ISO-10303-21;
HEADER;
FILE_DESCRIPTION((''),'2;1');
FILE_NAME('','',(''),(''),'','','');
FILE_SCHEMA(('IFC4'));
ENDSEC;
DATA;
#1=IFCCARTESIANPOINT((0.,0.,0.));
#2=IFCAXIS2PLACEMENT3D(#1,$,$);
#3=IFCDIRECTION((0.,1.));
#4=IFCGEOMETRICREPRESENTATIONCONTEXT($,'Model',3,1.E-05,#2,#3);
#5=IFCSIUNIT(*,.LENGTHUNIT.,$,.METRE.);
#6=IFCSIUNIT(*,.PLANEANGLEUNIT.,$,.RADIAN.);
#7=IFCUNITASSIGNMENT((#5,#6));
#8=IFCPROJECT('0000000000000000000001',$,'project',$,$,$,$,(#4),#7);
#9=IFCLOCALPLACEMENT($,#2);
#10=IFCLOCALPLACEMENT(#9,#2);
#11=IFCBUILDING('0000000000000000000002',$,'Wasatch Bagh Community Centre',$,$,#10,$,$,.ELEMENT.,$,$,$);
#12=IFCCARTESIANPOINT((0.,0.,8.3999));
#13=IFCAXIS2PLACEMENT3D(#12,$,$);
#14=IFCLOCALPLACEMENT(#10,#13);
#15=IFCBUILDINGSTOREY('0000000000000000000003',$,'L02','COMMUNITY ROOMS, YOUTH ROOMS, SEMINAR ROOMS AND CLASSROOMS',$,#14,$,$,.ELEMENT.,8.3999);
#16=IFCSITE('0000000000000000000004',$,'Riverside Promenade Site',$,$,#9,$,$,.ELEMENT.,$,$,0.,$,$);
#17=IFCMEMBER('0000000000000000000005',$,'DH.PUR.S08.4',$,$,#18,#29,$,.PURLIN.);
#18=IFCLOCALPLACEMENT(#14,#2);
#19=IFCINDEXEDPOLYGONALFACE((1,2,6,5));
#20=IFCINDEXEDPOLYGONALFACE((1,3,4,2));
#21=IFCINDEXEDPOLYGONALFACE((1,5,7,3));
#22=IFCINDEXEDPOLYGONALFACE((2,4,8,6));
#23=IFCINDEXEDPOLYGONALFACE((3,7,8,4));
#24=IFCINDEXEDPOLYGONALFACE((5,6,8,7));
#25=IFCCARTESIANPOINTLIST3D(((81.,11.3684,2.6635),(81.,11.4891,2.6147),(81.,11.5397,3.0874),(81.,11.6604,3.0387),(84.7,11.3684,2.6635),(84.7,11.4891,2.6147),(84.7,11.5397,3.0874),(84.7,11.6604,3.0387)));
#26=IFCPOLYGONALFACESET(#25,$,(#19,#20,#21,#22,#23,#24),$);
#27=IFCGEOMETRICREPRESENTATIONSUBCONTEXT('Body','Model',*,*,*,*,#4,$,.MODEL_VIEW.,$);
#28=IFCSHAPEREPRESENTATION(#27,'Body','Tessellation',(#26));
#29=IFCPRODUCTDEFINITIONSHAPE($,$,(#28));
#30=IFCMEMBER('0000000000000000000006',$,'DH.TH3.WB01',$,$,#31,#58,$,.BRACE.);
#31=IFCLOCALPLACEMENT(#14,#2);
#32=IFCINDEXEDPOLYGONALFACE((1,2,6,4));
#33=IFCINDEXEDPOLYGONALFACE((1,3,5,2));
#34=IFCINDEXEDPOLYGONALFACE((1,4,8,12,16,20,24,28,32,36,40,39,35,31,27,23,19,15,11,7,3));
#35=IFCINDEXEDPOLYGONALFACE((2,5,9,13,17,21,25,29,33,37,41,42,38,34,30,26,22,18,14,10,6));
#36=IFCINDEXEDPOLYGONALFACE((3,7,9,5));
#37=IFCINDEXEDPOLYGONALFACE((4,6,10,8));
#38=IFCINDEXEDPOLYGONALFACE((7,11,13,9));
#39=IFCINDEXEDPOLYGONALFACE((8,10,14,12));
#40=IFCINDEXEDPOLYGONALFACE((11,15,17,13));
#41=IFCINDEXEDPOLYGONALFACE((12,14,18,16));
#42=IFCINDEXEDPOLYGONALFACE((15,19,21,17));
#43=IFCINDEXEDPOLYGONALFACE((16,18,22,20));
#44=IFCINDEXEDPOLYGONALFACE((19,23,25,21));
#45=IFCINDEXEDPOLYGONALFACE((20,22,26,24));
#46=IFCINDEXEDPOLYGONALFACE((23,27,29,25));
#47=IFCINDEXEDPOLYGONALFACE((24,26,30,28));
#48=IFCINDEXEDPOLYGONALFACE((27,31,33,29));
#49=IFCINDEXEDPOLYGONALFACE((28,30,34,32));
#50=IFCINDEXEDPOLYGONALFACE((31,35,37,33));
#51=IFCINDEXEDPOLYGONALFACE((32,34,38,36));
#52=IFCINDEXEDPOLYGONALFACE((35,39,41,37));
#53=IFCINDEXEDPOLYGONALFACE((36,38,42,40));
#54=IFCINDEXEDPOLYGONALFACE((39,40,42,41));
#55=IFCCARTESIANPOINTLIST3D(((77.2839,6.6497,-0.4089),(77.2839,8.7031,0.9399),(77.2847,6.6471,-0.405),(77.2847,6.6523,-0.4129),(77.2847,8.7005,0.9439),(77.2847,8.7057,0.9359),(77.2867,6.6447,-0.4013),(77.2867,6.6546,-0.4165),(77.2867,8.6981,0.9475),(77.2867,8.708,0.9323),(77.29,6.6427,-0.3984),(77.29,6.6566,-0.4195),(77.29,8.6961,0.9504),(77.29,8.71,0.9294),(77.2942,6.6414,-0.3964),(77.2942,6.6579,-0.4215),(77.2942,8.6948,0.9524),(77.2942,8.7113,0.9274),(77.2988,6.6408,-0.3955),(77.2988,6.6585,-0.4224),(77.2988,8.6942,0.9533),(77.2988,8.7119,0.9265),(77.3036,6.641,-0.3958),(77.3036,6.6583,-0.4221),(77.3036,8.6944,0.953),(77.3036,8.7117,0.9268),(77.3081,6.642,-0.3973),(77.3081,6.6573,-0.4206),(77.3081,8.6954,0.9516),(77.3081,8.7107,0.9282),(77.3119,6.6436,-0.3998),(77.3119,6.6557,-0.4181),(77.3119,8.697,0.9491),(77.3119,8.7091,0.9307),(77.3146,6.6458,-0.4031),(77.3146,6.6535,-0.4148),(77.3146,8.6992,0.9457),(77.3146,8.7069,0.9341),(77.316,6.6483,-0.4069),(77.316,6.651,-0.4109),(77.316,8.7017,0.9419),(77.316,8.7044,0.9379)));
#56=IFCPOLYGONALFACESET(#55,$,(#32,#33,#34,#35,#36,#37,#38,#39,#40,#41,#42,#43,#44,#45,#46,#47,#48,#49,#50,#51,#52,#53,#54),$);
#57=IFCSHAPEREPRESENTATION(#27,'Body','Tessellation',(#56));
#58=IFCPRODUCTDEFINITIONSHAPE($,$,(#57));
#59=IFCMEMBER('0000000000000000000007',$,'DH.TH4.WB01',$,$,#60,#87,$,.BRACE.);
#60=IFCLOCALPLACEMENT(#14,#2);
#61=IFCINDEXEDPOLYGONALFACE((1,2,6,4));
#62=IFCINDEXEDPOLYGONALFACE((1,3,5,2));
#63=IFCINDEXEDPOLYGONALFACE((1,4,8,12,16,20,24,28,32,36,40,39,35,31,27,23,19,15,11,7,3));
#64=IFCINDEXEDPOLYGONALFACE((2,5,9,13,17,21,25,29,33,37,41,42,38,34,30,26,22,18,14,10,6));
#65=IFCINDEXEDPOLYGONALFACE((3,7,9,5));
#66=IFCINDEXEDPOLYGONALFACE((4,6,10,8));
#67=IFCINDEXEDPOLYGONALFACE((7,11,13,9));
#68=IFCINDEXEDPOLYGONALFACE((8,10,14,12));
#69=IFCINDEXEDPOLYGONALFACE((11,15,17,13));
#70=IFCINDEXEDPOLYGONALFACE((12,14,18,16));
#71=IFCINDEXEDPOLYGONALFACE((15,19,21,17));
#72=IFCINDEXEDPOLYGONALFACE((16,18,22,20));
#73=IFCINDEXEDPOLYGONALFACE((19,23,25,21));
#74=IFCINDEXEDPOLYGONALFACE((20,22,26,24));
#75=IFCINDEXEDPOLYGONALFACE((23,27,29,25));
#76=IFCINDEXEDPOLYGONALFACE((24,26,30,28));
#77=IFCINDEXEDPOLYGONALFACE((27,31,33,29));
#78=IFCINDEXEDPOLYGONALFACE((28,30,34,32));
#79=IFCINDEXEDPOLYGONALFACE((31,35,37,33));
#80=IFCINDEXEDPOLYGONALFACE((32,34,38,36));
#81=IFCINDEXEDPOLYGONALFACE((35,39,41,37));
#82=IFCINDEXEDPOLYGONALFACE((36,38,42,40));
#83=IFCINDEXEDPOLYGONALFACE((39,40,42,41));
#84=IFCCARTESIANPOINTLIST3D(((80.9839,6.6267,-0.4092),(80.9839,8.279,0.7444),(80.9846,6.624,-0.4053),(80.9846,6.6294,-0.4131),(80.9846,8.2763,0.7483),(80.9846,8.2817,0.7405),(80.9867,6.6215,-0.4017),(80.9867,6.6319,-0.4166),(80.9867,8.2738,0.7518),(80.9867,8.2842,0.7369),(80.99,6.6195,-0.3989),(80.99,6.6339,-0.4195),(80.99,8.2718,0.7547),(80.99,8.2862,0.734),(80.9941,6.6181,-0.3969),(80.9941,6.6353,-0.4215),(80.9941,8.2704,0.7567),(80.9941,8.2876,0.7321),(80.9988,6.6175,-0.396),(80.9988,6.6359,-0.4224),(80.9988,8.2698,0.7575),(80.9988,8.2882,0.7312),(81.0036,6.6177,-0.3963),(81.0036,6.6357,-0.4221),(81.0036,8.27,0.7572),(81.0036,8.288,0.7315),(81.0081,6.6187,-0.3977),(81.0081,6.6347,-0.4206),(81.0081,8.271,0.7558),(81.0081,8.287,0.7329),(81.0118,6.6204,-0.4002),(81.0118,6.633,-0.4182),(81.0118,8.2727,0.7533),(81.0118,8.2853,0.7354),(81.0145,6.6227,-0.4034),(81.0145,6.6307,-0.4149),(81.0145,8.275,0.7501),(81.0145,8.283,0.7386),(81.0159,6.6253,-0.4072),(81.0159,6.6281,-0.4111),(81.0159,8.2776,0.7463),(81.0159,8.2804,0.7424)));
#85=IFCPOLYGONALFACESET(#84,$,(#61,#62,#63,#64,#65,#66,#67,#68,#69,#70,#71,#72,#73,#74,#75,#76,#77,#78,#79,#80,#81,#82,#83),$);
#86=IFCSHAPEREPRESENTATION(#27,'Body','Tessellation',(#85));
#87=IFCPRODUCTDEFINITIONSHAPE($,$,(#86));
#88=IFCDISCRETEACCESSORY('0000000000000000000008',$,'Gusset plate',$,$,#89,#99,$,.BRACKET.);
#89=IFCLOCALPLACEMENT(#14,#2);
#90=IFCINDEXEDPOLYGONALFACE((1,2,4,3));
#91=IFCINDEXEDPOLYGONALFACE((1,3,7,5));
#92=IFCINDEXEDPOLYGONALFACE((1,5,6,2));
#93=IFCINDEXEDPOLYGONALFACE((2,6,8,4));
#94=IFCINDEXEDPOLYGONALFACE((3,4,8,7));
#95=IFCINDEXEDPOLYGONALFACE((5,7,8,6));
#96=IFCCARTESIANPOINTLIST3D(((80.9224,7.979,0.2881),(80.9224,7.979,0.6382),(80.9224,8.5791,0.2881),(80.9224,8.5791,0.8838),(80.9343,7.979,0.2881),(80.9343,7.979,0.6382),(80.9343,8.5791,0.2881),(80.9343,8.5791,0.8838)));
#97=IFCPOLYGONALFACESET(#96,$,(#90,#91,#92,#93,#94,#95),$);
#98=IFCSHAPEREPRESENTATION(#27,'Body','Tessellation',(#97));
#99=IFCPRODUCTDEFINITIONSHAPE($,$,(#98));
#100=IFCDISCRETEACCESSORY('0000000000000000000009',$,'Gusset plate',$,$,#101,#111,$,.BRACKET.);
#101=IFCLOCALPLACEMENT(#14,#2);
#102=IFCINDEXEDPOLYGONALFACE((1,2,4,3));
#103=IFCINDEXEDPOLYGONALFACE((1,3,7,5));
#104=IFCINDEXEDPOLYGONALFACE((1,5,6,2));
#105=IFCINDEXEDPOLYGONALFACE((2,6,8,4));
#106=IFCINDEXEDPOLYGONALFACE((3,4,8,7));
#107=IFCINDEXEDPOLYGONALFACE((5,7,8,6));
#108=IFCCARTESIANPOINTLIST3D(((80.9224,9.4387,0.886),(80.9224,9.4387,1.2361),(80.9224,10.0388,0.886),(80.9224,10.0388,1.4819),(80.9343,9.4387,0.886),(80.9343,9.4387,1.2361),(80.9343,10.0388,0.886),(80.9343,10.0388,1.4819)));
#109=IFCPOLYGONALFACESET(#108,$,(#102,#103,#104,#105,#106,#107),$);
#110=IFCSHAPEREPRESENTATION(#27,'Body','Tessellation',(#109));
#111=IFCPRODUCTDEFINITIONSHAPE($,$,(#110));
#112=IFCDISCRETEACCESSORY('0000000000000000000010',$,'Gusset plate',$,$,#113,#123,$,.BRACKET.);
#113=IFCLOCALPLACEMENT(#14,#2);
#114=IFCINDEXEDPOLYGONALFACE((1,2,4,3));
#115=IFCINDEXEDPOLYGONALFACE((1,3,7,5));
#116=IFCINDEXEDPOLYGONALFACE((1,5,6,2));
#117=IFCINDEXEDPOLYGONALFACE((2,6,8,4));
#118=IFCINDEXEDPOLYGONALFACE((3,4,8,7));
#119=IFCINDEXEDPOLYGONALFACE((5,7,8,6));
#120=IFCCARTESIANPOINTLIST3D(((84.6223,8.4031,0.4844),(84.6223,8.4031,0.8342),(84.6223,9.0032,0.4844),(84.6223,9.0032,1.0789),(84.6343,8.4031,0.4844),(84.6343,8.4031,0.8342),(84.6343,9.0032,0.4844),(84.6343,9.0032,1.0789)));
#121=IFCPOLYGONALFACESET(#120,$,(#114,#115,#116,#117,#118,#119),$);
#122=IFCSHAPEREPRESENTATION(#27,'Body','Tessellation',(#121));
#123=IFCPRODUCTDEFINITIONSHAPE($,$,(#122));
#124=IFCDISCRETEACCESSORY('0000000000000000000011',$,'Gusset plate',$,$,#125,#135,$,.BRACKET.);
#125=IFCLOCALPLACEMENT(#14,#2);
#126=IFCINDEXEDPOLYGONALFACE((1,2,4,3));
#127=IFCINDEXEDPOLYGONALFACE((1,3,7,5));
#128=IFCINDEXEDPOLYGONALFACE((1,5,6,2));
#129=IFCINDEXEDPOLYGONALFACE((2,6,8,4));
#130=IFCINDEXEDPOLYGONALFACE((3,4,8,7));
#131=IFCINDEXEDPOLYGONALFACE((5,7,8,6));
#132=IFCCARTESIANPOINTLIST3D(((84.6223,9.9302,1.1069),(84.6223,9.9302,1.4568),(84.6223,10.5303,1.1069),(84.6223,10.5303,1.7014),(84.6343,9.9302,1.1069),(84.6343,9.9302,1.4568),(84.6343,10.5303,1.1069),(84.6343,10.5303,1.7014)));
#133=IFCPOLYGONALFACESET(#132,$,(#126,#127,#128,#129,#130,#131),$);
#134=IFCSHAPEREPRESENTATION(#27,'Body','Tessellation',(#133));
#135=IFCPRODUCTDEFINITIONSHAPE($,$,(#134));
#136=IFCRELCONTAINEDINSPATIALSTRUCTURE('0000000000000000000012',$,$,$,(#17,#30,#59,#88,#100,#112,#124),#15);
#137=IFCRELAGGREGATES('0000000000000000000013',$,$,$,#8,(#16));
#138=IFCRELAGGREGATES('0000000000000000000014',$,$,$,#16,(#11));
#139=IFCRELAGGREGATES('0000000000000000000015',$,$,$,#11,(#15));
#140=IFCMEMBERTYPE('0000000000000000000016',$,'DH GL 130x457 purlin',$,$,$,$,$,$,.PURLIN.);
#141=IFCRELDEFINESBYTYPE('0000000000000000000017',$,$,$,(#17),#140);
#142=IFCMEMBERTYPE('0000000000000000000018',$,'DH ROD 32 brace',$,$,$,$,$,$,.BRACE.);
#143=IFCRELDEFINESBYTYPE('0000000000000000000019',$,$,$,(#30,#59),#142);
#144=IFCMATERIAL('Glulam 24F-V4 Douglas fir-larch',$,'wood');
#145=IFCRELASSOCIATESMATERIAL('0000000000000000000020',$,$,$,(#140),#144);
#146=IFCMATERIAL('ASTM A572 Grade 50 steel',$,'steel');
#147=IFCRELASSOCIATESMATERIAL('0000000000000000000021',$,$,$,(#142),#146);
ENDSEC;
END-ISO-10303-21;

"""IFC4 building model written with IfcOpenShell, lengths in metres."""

from ifc_helpers import new_model, si_unit, direction, frame, origin, origin_2d, place, context, subcontext, project, spatial, polyline, rectangle, circle, outline, extrude, material, material_profile, profile_set, type_object, element, save


model = new_model("IFC4")

# Units and contexts
model_context = context("Model", 3, precision=1e-05, world=origin(), true_north=direction((0.0, 1.0)))
body_context = subcontext(model_context, "Body", "Model", "MODEL_VIEW")
ifc_project = project(units=[si_unit("LENGTHUNIT", "METRE"), si_unit("PLANEANGLEUNIT", "RADIAN")], contexts=[model_context])

# Site, building, storey
site_placement = place(None, origin())
site = spatial("IfcSite", under=ifc_project, at=site_placement, Name="Riverside Promenade Site", CompositionType="ELEMENT", RefElevation=0.0)
building_placement = place(site_placement, origin())
building = spatial("IfcBuilding", under=site, at=building_placement, Name="Wasatch Bagh Community Centre", CompositionType="ELEMENT")
storey_placement = place(building_placement, frame((0.0, 0.0, 8.3999)))
storey = spatial("IfcBuildingStorey", under=building, at=storey_placement, Name="L02", Description="COMMUNITY ROOMS, YOUTH ROOMS, SEMINAR ROOMS AND CLASSROOMS", CompositionType="ELEMENT", Elevation=8.3999)

# Members
ifc_material_1 = material(Name="Glulam 24F-V4 Douglas fir-larch", Category="wood")
ifc_material_profile_1 = material_profile(ifc_material_1, rectangle(XDim=0.1301, YDim=0.4573, at=origin_2d()), Name="GL 130x457")
ifc_profile_set_1 = profile_set([ifc_material_profile_1], Name="Glulam 24F-V4 Douglas fir-larch")
member_type_1 = type_object("IfcMemberType", Name="DH GL 130x457 purlin", PredefinedType="PURLIN", material=ifc_profile_set_1)
for number, where, z_axis, x_axis, name in (
    (1, (81.0, 11.5144, 2.8511), (1.0, 0.0, 0.0), (0.0, 0.927184, -0.374607), "DH.PUR.S08.4"),
):
    element("IfcMember", number, at=place(storey_placement, frame(where, z_axis=z_axis, x_axis=x_axis)), inside=storey, type_object=member_type_1, Name=name, PredefinedType="PURLIN", context=body_context, shape_type="SweptSolid", body=[
        extrude(rectangle(XDim=0.1301, YDim=0.4573, at=origin_2d()), origin(), (0.0, 0.0, 1.0), 3.7),
    ])
ifc_material_2 = material(Name="ASTM A572 Grade 50 steel", Category="steel")
ifc_material_profile_2 = material_profile(ifc_material_2, circle(Radius=0.0161, at=origin_2d()), Name="ROD 32")
ifc_profile_set_2 = profile_set([ifc_material_profile_2], Name="ASTM A572 Grade 50 steel")
member_type_2 = type_object("IfcMemberType", Name="DH ROD 32 brace", PredefinedType="BRACE", material=ifc_profile_set_2)
member_1_placement = place(storey_placement, frame((77.3, 6.6497, -0.4089), z_axis=(0.0, 0.835807, 0.549023), x_axis=(-1.0, 0.0, 0.0)))
element("IfcMember", 2, at=member_1_placement, inside=storey, type_object=member_type_2, Name="DH.TH3.WB01", PredefinedType="BRACE", context=body_context, shape_type="SweptSolid", body=[
    extrude(circle(Radius=0.0161, at=origin_2d()), origin(), (0.0, 0.0, 1.0), 2.4568),
])
member_2_placement = place(storey_placement, frame((81.0, 6.6267, -0.4092), z_axis=(0.0, 0.819948, 0.572437), x_axis=(-1.0, 0.0, 0.0)))
element("IfcMember", 3, at=member_2_placement, inside=storey, type_object=member_type_2, Name="DH.TH4.WB01", PredefinedType="BRACE", context=body_context, shape_type="SweptSolid", body=[
    extrude(circle(Radius=0.0161, at=origin_2d()), origin(), (0.0, 0.0, 1.0), 2.0151),
])

# Discrete accessories
discrete_accessory_1_placement = place(storey_placement, frame((80.9224, 7.979, 0.6382), z_axis=(-1.0, 0.0, 0.0), x_axis=(0.0, 0.925487, 0.378779)))
element("IfcDiscreteAccessory", 4, at=discrete_accessory_1_placement, inside=storey, Name="Gusset plate", PredefinedType="BRACKET", context=body_context, shape_type="SweptSolid", body=[
    extrude(outline(polyline([(0.0, 0.0), (0.6484, 0.0), (0.4228, 0.5513), (-0.1326, 0.324), (0.0, 0.0)])), origin(), (0.0, 0.0, -1.0), 0.012),
])
discrete_accessory_2_placement = place(storey_placement, frame((80.9224, 9.4387, 1.2361), z_axis=(-1.0, 0.0, 0.0), x_axis=(0.0, 0.925355, 0.379102)))
element("IfcDiscreteAccessory", 5, at=discrete_accessory_2_placement, inside=storey, Name="Gusset plate", PredefinedType="BRACKET", context=body_context, shape_type="SweptSolid", body=[
    extrude(outline(polyline([(0.0, 0.0), (0.6485, 0.0), (0.4226, 0.5515), (-0.1327, 0.324), (0.0, 0.0)])), origin(), (0.0, 0.0, -1.0), 0.012),
])
for number, where, z_axis, x_axis, name in (
    (6, (84.6223, 8.4031, 0.8342), (-1.0, 0.0, 0.0), (0.0, 0.926014, 0.377488), "Gusset plate"),
    (7, (84.6223, 9.9302, 1.4568), (-1.0, 0.0, 0.0), (0.0, 0.926014, 0.377488), "Gusset plate"),
):
    element("IfcDiscreteAccessory", number, at=place(storey_placement, frame(where, z_axis=z_axis, x_axis=x_axis)), inside=storey, Name=name, PredefinedType="BRACKET", context=body_context, shape_type="SweptSolid", body=[
        extrude(outline(polyline([(0.0, 0.0), (0.648, 0.0), (0.4236, 0.5505), (-0.1321, 0.324), (0.0, 0.0)])), origin(), (0.0, 0.0, -1.0), 0.012),
    ])

save(model, "model.ifc")
